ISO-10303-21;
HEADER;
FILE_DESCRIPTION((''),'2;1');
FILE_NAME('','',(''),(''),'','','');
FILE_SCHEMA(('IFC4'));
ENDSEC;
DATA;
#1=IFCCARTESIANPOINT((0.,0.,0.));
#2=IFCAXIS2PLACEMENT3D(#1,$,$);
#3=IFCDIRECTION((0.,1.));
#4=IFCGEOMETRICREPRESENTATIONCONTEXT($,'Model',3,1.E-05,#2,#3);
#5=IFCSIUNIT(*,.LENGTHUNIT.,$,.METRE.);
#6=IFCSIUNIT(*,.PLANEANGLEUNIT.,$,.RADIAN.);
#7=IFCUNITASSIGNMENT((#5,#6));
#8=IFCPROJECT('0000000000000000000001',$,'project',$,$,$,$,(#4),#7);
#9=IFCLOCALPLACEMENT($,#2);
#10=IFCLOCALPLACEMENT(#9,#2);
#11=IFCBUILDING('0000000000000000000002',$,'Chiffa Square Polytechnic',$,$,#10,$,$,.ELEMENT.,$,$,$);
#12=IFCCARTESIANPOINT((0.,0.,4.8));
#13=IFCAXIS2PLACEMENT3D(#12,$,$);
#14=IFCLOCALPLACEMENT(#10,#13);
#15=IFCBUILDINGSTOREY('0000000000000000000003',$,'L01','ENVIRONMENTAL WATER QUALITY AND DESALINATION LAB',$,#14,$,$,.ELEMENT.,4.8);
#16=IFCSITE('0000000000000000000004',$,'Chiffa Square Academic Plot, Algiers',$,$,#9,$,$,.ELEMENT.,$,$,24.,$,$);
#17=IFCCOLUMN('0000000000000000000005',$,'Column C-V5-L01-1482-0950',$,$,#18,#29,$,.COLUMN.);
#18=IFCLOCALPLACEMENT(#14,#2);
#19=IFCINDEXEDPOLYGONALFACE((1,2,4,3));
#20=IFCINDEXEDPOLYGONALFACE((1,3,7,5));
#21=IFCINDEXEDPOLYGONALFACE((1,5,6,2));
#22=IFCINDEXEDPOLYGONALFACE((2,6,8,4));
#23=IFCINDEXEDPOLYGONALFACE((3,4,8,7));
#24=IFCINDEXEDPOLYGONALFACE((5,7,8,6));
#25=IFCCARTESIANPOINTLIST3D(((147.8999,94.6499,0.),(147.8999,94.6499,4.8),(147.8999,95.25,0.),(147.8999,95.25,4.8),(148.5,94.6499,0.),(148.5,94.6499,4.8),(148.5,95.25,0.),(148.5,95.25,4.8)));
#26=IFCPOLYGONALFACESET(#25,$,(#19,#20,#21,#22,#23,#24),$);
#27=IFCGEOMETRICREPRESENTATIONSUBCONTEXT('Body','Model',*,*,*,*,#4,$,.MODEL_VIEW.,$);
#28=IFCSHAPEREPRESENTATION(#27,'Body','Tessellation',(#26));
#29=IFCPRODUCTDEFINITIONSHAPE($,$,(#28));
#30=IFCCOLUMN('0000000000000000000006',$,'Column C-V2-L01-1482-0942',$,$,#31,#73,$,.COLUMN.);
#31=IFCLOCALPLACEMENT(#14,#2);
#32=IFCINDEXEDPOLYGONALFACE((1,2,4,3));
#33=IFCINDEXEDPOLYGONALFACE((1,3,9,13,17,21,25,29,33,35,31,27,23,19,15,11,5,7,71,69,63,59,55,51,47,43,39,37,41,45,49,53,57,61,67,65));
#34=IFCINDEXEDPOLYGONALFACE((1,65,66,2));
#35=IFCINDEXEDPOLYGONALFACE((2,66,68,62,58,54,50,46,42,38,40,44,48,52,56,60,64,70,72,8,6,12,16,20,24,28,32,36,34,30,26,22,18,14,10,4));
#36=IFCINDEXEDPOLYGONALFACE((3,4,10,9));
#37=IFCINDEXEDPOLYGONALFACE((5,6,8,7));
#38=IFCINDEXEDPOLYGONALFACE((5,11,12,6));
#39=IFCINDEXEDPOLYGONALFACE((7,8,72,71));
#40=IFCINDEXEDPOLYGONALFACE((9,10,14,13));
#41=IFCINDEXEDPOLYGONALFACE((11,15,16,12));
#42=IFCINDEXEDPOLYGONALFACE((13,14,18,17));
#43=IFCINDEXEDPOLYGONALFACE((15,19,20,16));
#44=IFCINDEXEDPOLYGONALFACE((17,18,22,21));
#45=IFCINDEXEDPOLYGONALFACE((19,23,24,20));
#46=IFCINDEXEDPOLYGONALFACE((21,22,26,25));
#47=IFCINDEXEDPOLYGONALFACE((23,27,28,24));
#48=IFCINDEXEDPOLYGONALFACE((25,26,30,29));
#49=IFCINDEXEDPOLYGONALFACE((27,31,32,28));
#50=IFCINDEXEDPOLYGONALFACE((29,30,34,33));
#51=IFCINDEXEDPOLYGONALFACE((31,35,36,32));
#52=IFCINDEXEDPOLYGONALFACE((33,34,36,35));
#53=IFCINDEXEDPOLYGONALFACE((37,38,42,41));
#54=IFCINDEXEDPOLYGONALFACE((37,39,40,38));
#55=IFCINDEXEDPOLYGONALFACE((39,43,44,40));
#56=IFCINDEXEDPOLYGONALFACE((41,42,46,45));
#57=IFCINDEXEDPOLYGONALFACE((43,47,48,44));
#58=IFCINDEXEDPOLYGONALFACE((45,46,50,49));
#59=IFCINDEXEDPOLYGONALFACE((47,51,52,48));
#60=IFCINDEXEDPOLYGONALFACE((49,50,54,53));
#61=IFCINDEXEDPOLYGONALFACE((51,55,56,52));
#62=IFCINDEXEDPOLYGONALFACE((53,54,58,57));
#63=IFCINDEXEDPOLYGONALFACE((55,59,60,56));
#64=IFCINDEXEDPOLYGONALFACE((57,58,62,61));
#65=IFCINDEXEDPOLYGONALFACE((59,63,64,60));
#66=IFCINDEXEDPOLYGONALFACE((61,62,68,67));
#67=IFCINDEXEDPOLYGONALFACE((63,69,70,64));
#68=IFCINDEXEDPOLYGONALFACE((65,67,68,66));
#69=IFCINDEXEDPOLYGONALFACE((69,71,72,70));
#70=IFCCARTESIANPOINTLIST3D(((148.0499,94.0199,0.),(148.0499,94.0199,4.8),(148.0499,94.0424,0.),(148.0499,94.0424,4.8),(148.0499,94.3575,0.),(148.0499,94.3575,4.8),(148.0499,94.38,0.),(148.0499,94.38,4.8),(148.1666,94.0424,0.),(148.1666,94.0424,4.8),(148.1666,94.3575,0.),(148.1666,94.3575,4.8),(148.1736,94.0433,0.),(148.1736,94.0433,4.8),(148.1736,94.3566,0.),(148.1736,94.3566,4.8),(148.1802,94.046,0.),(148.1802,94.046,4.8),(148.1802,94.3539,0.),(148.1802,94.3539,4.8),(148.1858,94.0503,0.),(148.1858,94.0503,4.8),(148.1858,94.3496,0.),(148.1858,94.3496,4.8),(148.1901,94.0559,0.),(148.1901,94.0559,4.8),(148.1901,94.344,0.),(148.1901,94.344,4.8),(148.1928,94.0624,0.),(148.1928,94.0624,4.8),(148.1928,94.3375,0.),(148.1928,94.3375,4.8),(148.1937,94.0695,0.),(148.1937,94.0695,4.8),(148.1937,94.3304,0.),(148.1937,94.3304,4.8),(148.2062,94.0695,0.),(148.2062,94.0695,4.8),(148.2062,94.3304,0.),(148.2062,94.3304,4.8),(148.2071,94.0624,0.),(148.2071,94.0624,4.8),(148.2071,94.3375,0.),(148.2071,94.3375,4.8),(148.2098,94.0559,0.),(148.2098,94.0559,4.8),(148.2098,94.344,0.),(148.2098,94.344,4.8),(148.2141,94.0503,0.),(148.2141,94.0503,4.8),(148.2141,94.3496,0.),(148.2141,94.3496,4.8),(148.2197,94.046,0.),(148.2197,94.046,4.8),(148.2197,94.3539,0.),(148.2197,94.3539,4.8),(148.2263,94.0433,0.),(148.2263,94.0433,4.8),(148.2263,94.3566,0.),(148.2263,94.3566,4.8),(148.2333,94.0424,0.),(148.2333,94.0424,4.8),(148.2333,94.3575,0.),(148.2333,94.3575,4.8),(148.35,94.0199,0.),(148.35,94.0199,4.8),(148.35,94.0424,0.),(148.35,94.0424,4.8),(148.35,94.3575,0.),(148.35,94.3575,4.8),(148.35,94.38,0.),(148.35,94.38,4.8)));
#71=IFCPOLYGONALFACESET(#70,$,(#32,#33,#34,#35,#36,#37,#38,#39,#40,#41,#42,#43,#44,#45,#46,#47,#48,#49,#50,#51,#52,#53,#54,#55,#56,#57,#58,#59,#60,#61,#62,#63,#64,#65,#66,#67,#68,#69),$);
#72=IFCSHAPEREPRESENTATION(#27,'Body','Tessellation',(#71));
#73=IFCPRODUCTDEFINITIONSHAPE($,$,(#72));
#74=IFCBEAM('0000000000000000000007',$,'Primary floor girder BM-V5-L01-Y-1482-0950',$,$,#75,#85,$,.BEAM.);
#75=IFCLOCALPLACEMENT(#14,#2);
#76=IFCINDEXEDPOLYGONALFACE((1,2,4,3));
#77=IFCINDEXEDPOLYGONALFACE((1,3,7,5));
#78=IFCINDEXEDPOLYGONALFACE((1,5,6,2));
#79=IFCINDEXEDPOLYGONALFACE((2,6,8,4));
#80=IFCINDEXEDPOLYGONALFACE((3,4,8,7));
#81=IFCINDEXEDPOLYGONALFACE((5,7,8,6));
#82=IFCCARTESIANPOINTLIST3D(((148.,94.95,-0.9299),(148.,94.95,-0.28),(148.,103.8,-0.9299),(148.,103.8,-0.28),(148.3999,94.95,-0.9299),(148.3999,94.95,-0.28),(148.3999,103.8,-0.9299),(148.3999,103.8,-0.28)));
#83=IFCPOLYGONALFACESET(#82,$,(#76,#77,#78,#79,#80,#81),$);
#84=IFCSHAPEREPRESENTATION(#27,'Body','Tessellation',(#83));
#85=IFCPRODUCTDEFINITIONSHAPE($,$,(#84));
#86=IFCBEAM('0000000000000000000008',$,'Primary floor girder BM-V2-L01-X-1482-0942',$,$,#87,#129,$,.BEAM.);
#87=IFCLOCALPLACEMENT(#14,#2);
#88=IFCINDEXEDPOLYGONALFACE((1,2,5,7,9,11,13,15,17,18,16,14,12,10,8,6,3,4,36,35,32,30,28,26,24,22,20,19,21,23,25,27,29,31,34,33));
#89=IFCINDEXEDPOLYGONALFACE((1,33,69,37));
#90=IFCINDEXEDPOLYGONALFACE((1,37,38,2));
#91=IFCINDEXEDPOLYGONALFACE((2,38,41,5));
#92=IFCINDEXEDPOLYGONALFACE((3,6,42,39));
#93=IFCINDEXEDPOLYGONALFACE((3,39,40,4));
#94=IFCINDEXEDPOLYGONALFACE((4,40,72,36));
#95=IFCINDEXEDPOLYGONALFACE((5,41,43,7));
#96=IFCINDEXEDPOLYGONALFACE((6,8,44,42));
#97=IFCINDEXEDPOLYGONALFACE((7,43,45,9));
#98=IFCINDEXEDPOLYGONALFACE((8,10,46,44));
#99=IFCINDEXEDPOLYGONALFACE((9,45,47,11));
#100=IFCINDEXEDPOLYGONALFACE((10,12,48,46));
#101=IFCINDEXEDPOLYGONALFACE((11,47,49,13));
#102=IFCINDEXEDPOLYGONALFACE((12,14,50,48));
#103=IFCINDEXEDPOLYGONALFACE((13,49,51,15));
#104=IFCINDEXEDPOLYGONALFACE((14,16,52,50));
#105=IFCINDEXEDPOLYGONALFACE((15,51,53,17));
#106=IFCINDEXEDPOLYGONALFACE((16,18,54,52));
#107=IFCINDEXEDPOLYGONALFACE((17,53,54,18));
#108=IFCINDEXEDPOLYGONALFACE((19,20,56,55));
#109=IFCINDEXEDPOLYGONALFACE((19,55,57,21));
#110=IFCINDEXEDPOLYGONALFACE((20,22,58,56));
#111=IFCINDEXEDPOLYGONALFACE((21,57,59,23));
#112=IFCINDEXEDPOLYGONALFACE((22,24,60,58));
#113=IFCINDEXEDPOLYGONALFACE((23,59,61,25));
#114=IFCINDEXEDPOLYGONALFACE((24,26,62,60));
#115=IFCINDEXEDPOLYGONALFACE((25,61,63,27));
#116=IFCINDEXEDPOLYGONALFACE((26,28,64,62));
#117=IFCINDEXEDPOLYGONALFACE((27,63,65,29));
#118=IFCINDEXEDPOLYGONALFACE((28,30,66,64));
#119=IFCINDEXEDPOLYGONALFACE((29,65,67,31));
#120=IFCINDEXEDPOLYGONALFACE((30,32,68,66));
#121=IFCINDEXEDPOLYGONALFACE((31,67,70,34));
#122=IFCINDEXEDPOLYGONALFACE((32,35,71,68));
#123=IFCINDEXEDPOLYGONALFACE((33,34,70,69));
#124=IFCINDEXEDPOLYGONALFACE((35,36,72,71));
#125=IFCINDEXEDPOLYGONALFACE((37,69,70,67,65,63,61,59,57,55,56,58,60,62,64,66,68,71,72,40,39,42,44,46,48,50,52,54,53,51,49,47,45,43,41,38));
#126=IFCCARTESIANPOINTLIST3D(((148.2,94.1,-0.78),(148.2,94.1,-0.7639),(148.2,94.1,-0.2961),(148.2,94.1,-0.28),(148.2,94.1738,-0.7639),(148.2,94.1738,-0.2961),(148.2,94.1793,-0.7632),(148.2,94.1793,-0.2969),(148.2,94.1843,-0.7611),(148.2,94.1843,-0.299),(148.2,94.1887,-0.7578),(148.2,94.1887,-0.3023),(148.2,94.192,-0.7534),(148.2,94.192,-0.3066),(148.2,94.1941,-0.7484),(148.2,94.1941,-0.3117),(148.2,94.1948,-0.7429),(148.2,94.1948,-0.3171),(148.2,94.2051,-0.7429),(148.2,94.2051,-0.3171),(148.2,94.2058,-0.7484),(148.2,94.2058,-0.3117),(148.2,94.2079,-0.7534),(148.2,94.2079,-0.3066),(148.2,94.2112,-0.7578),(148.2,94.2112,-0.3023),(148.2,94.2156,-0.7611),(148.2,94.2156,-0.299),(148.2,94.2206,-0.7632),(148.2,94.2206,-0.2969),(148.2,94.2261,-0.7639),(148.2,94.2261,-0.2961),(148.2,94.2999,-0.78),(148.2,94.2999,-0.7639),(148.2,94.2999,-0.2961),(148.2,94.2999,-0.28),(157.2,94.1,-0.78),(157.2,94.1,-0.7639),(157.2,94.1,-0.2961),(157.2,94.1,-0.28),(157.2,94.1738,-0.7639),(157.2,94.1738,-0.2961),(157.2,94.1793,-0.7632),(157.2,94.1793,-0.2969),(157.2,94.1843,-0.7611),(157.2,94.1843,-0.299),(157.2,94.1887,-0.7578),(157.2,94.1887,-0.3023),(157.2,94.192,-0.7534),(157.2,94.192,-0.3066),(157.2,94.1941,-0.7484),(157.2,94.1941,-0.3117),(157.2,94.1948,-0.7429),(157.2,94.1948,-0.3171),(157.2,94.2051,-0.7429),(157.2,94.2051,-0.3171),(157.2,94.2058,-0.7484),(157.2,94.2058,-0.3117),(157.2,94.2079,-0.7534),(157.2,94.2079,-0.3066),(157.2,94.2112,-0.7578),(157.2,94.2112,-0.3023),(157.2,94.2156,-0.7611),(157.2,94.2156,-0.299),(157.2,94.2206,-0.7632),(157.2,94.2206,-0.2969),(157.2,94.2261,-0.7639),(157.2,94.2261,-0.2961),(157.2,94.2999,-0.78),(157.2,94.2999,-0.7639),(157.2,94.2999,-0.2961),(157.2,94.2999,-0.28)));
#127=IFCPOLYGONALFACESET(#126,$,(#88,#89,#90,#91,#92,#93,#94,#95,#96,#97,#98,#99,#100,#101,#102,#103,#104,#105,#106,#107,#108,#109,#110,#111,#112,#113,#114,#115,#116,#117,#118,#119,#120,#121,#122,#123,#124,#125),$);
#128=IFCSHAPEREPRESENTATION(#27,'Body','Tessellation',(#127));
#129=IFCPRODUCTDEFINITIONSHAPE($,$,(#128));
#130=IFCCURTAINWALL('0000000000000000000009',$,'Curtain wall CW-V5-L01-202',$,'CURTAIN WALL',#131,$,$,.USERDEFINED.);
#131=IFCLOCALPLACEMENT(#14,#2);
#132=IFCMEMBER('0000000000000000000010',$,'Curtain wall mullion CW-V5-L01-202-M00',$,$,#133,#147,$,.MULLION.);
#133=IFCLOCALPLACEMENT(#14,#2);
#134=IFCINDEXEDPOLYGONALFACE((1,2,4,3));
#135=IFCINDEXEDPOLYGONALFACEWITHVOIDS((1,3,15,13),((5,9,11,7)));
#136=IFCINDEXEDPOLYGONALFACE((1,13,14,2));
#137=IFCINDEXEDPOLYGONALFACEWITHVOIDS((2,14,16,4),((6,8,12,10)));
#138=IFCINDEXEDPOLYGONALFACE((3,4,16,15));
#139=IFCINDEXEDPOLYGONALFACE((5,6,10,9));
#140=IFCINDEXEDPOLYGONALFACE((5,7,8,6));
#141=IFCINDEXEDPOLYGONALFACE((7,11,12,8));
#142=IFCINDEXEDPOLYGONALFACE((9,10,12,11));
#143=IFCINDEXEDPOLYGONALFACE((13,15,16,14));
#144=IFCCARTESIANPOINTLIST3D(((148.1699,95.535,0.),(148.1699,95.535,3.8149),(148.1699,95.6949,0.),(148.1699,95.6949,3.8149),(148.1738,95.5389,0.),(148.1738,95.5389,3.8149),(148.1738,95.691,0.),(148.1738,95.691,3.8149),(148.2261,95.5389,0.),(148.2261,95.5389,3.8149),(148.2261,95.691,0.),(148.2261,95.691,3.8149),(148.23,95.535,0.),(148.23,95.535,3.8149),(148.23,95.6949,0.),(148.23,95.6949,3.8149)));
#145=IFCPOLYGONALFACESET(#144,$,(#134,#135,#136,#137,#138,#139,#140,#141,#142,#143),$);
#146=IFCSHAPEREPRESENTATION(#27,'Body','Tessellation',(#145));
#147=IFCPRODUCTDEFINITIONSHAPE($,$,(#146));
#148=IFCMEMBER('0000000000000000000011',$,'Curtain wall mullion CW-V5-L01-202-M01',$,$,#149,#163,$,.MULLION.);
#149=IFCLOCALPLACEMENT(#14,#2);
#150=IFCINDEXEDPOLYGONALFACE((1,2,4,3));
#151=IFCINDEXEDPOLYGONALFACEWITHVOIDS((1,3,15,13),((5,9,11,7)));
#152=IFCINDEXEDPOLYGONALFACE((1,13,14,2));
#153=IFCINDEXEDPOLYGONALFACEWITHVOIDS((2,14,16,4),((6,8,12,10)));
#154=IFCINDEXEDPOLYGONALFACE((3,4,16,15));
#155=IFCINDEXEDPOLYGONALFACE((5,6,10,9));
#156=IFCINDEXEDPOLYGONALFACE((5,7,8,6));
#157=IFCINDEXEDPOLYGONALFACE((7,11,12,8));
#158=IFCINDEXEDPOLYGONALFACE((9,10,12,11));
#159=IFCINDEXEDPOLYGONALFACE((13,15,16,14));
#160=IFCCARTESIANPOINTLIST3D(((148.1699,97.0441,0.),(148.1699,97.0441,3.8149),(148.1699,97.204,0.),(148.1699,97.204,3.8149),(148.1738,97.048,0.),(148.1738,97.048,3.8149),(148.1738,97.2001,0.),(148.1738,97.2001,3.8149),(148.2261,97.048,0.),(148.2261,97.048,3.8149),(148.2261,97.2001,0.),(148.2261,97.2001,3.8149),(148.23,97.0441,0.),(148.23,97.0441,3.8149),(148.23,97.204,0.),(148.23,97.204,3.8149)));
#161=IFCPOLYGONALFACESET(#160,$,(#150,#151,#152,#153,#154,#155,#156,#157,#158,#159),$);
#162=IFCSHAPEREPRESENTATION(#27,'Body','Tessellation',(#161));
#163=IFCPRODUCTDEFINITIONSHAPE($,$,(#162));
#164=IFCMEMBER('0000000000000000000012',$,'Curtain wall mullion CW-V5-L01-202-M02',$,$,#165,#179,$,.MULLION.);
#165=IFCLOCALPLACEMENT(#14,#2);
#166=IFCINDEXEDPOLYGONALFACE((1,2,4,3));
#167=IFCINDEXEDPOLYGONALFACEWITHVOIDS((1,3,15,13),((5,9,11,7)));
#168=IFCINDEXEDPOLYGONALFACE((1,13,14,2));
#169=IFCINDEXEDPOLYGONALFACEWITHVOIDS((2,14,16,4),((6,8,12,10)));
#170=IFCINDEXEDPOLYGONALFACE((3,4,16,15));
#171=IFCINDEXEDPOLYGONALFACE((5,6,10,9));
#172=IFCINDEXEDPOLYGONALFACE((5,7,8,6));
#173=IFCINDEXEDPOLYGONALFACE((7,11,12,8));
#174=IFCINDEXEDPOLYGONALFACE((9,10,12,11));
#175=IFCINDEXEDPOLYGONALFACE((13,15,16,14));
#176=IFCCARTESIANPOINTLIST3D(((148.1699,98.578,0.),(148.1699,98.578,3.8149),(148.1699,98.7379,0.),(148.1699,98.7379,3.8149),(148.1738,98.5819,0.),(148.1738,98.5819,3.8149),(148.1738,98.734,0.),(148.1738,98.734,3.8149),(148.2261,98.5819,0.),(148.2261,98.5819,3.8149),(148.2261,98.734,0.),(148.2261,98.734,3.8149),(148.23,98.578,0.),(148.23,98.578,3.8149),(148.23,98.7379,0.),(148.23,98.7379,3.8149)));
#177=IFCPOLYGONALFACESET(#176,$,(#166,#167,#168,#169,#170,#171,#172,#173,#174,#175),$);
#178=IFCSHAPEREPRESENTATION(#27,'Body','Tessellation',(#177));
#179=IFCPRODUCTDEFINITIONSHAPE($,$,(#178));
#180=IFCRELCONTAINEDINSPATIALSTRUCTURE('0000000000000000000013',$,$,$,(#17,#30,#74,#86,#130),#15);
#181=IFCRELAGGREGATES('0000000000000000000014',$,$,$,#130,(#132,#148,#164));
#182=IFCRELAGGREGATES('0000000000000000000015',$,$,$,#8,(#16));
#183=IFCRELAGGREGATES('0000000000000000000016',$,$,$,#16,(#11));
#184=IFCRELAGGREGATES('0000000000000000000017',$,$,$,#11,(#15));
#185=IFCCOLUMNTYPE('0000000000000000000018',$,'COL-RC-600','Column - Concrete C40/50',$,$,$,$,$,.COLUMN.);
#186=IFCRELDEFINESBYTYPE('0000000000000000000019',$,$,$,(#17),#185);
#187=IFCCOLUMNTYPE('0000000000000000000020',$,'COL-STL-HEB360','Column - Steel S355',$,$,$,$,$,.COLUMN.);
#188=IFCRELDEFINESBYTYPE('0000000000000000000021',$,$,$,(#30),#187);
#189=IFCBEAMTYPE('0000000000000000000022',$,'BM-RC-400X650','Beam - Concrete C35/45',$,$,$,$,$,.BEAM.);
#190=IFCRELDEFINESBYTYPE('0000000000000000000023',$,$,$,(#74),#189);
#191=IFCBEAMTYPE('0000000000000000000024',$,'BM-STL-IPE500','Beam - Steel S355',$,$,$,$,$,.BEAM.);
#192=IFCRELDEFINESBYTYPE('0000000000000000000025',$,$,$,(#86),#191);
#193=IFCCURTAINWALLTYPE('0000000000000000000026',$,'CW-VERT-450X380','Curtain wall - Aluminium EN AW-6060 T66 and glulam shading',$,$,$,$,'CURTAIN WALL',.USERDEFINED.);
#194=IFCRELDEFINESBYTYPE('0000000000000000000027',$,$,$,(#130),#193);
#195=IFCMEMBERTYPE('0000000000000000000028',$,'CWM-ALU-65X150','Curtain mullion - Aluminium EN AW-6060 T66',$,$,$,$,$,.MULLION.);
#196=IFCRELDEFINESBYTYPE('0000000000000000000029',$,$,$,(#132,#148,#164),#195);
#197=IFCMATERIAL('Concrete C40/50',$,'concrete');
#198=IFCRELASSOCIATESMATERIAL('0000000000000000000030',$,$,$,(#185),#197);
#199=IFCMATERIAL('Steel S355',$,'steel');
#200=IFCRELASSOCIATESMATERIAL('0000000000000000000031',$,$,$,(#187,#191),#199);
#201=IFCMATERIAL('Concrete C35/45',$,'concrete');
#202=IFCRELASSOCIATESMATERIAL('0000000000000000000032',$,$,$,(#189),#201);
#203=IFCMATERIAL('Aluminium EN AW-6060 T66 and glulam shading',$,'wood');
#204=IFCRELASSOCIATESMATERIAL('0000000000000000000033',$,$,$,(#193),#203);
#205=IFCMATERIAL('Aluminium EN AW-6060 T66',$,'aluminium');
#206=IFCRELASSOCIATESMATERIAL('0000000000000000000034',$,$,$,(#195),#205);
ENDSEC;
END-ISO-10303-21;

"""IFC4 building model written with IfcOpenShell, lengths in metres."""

from ifc_helpers import new_model, si_unit, direction, frame, origin, origin_2d, place, context, subcontext, project, spatial, rectangle, hollow_rectangle, i_section, extrude, material, material_profile, profile_set, type_object, element, aggregate, save


model = new_model("IFC4")

# Units and contexts
model_context = context("Model", 3, precision=1e-05, world=origin(), true_north=direction((0.0, 1.0)))
body_context = subcontext(model_context, "Body", "Model", "MODEL_VIEW")
ifc_project = project(units=[si_unit("LENGTHUNIT", "METRE"), si_unit("PLANEANGLEUNIT", "RADIAN")], contexts=[model_context])

# Site, building, storey
site_placement = place(None, origin())
site = spatial("IfcSite", under=ifc_project, at=site_placement, Name="Chiffa Square Academic Plot, Algiers", CompositionType="ELEMENT", RefElevation=24.0)
building_placement = place(site_placement, origin())
building = spatial("IfcBuilding", under=site, at=building_placement, Name="Chiffa Square Polytechnic", CompositionType="ELEMENT")
storey_placement = place(building_placement, frame((0.0, 0.0, 4.8)))
storey = spatial("IfcBuildingStorey", under=building, at=storey_placement, Name="L01", Description="ENVIRONMENTAL WATER QUALITY AND DESALINATION LAB", CompositionType="ELEMENT", Elevation=4.8)

# Columns
ifc_material_1 = material(Name="Concrete C40/50", Category="concrete")
ifc_material_profile_1 = material_profile(ifc_material_1, rectangle(XDim=0.6001, YDim=0.6001, at=origin_2d()), Name="RC 600x600")
ifc_profile_set_1 = profile_set([ifc_material_profile_1], Name="Concrete C40/50")
column_type_1 = type_object("IfcColumnType", Name="COL-RC-600", Description="Column - Concrete C40/50", PredefinedType="COLUMN", material=ifc_profile_set_1)
column_1_placement = place(storey_placement, frame((148.2, 94.95, 0.0), z_axis=(0.0, 0.0, 1.0), x_axis=(1.0, 0.0, 0.0)))
element("IfcColumn", 1, at=column_1_placement, inside=storey, type_object=column_type_1, Name="Column C-V5-L01-1482-0950", PredefinedType="COLUMN", context=body_context, shape_type="SweptSolid", body=[
    extrude(rectangle(XDim=0.6001, YDim=0.6001, at=origin_2d()), origin(), (0.0, 0.0, 1.0), 4.8),
])
ifc_material_2 = material(Name="Steel S355", Category="steel")
ifc_material_profile_2 = material_profile(ifc_material_2, i_section(OverallWidth=0.3, OverallDepth=0.3601, WebThickness=0.0125, FlangeThickness=0.0225, FilletRadius=0.0271, at=origin_2d()), Name="HEB 360")
ifc_profile_set_2 = profile_set([ifc_material_profile_2], Name="Steel S355")
column_type_2 = type_object("IfcColumnType", Name="COL-STL-HEB360", Description="Column - Steel S355", PredefinedType="COLUMN", material=ifc_profile_set_2)
column_2_placement = place(storey_placement, frame((148.2, 94.2, 0.0), z_axis=(0.0, 0.0, 1.0), x_axis=(1.0, 0.0, 0.0)))
element("IfcColumn", 2, at=column_2_placement, inside=storey, type_object=column_type_2, Name="Column C-V2-L01-1482-0942", PredefinedType="COLUMN", context=body_context, shape_type="SweptSolid", body=[
    extrude(i_section(OverallWidth=0.3, OverallDepth=0.3601, WebThickness=0.0125, FlangeThickness=0.0225, FilletRadius=0.0271, at=origin_2d()), origin(), (0.0, 0.0, 1.0), 4.8),
])

# Beams
ifc_material_3 = material(Name="Concrete C35/45", Category="concrete")
ifc_material_profile_3 = material_profile(ifc_material_3, rectangle(XDim=0.3999, YDim=0.6499, at=origin_2d()), Name="RC 400x650")
ifc_profile_set_3 = profile_set([ifc_material_profile_3], Name="Concrete C35/45")
beam_type_1 = type_object("IfcBeamType", Name="BM-RC-400X650", Description="Beam - Concrete C35/45", PredefinedType="BEAM", material=ifc_profile_set_3)
beam_1_placement = place(storey_placement, frame((148.2, 94.95, -0.605), z_axis=(0.0, 1.0, 0.0), x_axis=(-1.0, 0.0, 0.0)))
element("IfcBeam", 3, at=beam_1_placement, inside=storey, type_object=beam_type_1, Name="Primary floor girder BM-V5-L01-Y-1482-0950", PredefinedType="BEAM", context=body_context, shape_type="SweptSolid", body=[
    extrude(rectangle(XDim=0.3999, YDim=0.6499, at=origin_2d()), origin(), (0.0, 0.0, 1.0), 8.8501),
])
ifc_material_profile_4 = material_profile(ifc_material_2, i_section(OverallWidth=0.2, OverallDepth=0.5, WebThickness=0.0103, FlangeThickness=0.0161, FilletRadius=0.021, at=origin_2d()), Name="IPE 500")
ifc_profile_set_4 = profile_set([ifc_material_profile_4], Name="Steel S355")
beam_type_2 = type_object("IfcBeamType", Name="BM-STL-IPE500", Description="Beam - Steel S355", PredefinedType="BEAM", material=ifc_profile_set_4)
beam_2_placement = place(storey_placement, frame((148.2, 94.2, -0.53), z_axis=(1.0, 0.0, 0.0), x_axis=(0.0, 1.0, 0.0)))
element("IfcBeam", 4, at=beam_2_placement, inside=storey, type_object=beam_type_2, Name="Primary floor girder BM-V2-L01-X-1482-0942", PredefinedType="BEAM", context=body_context, shape_type="SweptSolid", body=[
    extrude(i_section(OverallWidth=0.2, OverallDepth=0.5, WebThickness=0.0103, FlangeThickness=0.0161, FilletRadius=0.021, at=origin_2d()), origin(), (0.0, 0.0, 1.0), 9.0),
])

# Curtain wall, members
ifc_material_4 = material(Name="Aluminium EN AW-6060 T66 and glulam shading", Category="wood")
curtain_wall_type = type_object("IfcCurtainWallType", Name="CW-VERT-450X380", Description="Curtain wall - Aluminium EN AW-6060 T66 and glulam shading", ElementType="CURTAIN WALL", PredefinedType="USERDEFINED", material=ifc_material_4)
curtain_wall_placement = place(storey_placement, origin())
curtain_wall = element("IfcCurtainWall", 5, at=curtain_wall_placement, inside=storey, type_object=curtain_wall_type, Name="Curtain wall CW-V5-L01-202", ObjectType="CURTAIN WALL", PredefinedType="USERDEFINED")
ifc_material_5 = material(Name="Aluminium EN AW-6060 T66", Category="aluminium")
ifc_material_profile_5 = material_profile(ifc_material_5, hollow_rectangle(XDim=0.0601, YDim=0.1599, WallThickness=0.0039, at=origin_2d()), Name="ALU 60x160x4")
ifc_profile_set_5 = profile_set([ifc_material_profile_5], Name="Aluminium EN AW-6060 T66")
member_type_1 = type_object("IfcMemberType", Name="CWM-ALU-65X150", Description="Curtain mullion - Aluminium EN AW-6060 T66", PredefinedType="MULLION", material=ifc_profile_set_5)
member_1_placement = place(storey_placement, frame((148.2, 95.615, 0.0), z_axis=(0.0, 0.0, 1.0), x_axis=(1.0, 0.0, 0.0)))
member_1 = element("IfcMember", 6, at=member_1_placement, type_object=member_type_1, Name="Curtain wall mullion CW-V5-L01-202-M00", PredefinedType="MULLION", context=body_context, shape_type="SweptSolid", body=[
    extrude(hollow_rectangle(XDim=0.0601, YDim=0.1599, WallThickness=0.0039, at=origin_2d()), origin(), (0.0, 0.0, 1.0), 3.8149),
])
member_2_placement = place(storey_placement, frame((148.2, 97.124, 0.0), z_axis=(0.0, 0.0, 1.0), x_axis=(1.0, 0.0, 0.0)))
member_2 = element("IfcMember", 7, at=member_2_placement, type_object=member_type_1, Name="Curtain wall mullion CW-V5-L01-202-M01", PredefinedType="MULLION", context=body_context, shape_type="SweptSolid", body=[
    extrude(hollow_rectangle(XDim=0.0601, YDim=0.1599, WallThickness=0.0039, at=origin_2d()), origin(), (0.0, 0.0, 1.0), 3.8149),
])
member_3_placement = place(storey_placement, frame((148.2, 98.658, 0.0), z_axis=(0.0, 0.0, 1.0), x_axis=(1.0, 0.0, 0.0)))
member_3 = element("IfcMember", 8, at=member_3_placement, type_object=member_type_1, Name="Curtain wall mullion CW-V5-L01-202-M02", PredefinedType="MULLION", context=body_context, shape_type="SweptSolid", body=[
    extrude(hollow_rectangle(XDim=0.0601, YDim=0.1599, WallThickness=0.0039, at=origin_2d()), origin(), (0.0, 0.0, 1.0), 3.8149),
])

aggregate(curtain_wall, [member_1, member_2, member_3])

save(model, "model.ifc")
